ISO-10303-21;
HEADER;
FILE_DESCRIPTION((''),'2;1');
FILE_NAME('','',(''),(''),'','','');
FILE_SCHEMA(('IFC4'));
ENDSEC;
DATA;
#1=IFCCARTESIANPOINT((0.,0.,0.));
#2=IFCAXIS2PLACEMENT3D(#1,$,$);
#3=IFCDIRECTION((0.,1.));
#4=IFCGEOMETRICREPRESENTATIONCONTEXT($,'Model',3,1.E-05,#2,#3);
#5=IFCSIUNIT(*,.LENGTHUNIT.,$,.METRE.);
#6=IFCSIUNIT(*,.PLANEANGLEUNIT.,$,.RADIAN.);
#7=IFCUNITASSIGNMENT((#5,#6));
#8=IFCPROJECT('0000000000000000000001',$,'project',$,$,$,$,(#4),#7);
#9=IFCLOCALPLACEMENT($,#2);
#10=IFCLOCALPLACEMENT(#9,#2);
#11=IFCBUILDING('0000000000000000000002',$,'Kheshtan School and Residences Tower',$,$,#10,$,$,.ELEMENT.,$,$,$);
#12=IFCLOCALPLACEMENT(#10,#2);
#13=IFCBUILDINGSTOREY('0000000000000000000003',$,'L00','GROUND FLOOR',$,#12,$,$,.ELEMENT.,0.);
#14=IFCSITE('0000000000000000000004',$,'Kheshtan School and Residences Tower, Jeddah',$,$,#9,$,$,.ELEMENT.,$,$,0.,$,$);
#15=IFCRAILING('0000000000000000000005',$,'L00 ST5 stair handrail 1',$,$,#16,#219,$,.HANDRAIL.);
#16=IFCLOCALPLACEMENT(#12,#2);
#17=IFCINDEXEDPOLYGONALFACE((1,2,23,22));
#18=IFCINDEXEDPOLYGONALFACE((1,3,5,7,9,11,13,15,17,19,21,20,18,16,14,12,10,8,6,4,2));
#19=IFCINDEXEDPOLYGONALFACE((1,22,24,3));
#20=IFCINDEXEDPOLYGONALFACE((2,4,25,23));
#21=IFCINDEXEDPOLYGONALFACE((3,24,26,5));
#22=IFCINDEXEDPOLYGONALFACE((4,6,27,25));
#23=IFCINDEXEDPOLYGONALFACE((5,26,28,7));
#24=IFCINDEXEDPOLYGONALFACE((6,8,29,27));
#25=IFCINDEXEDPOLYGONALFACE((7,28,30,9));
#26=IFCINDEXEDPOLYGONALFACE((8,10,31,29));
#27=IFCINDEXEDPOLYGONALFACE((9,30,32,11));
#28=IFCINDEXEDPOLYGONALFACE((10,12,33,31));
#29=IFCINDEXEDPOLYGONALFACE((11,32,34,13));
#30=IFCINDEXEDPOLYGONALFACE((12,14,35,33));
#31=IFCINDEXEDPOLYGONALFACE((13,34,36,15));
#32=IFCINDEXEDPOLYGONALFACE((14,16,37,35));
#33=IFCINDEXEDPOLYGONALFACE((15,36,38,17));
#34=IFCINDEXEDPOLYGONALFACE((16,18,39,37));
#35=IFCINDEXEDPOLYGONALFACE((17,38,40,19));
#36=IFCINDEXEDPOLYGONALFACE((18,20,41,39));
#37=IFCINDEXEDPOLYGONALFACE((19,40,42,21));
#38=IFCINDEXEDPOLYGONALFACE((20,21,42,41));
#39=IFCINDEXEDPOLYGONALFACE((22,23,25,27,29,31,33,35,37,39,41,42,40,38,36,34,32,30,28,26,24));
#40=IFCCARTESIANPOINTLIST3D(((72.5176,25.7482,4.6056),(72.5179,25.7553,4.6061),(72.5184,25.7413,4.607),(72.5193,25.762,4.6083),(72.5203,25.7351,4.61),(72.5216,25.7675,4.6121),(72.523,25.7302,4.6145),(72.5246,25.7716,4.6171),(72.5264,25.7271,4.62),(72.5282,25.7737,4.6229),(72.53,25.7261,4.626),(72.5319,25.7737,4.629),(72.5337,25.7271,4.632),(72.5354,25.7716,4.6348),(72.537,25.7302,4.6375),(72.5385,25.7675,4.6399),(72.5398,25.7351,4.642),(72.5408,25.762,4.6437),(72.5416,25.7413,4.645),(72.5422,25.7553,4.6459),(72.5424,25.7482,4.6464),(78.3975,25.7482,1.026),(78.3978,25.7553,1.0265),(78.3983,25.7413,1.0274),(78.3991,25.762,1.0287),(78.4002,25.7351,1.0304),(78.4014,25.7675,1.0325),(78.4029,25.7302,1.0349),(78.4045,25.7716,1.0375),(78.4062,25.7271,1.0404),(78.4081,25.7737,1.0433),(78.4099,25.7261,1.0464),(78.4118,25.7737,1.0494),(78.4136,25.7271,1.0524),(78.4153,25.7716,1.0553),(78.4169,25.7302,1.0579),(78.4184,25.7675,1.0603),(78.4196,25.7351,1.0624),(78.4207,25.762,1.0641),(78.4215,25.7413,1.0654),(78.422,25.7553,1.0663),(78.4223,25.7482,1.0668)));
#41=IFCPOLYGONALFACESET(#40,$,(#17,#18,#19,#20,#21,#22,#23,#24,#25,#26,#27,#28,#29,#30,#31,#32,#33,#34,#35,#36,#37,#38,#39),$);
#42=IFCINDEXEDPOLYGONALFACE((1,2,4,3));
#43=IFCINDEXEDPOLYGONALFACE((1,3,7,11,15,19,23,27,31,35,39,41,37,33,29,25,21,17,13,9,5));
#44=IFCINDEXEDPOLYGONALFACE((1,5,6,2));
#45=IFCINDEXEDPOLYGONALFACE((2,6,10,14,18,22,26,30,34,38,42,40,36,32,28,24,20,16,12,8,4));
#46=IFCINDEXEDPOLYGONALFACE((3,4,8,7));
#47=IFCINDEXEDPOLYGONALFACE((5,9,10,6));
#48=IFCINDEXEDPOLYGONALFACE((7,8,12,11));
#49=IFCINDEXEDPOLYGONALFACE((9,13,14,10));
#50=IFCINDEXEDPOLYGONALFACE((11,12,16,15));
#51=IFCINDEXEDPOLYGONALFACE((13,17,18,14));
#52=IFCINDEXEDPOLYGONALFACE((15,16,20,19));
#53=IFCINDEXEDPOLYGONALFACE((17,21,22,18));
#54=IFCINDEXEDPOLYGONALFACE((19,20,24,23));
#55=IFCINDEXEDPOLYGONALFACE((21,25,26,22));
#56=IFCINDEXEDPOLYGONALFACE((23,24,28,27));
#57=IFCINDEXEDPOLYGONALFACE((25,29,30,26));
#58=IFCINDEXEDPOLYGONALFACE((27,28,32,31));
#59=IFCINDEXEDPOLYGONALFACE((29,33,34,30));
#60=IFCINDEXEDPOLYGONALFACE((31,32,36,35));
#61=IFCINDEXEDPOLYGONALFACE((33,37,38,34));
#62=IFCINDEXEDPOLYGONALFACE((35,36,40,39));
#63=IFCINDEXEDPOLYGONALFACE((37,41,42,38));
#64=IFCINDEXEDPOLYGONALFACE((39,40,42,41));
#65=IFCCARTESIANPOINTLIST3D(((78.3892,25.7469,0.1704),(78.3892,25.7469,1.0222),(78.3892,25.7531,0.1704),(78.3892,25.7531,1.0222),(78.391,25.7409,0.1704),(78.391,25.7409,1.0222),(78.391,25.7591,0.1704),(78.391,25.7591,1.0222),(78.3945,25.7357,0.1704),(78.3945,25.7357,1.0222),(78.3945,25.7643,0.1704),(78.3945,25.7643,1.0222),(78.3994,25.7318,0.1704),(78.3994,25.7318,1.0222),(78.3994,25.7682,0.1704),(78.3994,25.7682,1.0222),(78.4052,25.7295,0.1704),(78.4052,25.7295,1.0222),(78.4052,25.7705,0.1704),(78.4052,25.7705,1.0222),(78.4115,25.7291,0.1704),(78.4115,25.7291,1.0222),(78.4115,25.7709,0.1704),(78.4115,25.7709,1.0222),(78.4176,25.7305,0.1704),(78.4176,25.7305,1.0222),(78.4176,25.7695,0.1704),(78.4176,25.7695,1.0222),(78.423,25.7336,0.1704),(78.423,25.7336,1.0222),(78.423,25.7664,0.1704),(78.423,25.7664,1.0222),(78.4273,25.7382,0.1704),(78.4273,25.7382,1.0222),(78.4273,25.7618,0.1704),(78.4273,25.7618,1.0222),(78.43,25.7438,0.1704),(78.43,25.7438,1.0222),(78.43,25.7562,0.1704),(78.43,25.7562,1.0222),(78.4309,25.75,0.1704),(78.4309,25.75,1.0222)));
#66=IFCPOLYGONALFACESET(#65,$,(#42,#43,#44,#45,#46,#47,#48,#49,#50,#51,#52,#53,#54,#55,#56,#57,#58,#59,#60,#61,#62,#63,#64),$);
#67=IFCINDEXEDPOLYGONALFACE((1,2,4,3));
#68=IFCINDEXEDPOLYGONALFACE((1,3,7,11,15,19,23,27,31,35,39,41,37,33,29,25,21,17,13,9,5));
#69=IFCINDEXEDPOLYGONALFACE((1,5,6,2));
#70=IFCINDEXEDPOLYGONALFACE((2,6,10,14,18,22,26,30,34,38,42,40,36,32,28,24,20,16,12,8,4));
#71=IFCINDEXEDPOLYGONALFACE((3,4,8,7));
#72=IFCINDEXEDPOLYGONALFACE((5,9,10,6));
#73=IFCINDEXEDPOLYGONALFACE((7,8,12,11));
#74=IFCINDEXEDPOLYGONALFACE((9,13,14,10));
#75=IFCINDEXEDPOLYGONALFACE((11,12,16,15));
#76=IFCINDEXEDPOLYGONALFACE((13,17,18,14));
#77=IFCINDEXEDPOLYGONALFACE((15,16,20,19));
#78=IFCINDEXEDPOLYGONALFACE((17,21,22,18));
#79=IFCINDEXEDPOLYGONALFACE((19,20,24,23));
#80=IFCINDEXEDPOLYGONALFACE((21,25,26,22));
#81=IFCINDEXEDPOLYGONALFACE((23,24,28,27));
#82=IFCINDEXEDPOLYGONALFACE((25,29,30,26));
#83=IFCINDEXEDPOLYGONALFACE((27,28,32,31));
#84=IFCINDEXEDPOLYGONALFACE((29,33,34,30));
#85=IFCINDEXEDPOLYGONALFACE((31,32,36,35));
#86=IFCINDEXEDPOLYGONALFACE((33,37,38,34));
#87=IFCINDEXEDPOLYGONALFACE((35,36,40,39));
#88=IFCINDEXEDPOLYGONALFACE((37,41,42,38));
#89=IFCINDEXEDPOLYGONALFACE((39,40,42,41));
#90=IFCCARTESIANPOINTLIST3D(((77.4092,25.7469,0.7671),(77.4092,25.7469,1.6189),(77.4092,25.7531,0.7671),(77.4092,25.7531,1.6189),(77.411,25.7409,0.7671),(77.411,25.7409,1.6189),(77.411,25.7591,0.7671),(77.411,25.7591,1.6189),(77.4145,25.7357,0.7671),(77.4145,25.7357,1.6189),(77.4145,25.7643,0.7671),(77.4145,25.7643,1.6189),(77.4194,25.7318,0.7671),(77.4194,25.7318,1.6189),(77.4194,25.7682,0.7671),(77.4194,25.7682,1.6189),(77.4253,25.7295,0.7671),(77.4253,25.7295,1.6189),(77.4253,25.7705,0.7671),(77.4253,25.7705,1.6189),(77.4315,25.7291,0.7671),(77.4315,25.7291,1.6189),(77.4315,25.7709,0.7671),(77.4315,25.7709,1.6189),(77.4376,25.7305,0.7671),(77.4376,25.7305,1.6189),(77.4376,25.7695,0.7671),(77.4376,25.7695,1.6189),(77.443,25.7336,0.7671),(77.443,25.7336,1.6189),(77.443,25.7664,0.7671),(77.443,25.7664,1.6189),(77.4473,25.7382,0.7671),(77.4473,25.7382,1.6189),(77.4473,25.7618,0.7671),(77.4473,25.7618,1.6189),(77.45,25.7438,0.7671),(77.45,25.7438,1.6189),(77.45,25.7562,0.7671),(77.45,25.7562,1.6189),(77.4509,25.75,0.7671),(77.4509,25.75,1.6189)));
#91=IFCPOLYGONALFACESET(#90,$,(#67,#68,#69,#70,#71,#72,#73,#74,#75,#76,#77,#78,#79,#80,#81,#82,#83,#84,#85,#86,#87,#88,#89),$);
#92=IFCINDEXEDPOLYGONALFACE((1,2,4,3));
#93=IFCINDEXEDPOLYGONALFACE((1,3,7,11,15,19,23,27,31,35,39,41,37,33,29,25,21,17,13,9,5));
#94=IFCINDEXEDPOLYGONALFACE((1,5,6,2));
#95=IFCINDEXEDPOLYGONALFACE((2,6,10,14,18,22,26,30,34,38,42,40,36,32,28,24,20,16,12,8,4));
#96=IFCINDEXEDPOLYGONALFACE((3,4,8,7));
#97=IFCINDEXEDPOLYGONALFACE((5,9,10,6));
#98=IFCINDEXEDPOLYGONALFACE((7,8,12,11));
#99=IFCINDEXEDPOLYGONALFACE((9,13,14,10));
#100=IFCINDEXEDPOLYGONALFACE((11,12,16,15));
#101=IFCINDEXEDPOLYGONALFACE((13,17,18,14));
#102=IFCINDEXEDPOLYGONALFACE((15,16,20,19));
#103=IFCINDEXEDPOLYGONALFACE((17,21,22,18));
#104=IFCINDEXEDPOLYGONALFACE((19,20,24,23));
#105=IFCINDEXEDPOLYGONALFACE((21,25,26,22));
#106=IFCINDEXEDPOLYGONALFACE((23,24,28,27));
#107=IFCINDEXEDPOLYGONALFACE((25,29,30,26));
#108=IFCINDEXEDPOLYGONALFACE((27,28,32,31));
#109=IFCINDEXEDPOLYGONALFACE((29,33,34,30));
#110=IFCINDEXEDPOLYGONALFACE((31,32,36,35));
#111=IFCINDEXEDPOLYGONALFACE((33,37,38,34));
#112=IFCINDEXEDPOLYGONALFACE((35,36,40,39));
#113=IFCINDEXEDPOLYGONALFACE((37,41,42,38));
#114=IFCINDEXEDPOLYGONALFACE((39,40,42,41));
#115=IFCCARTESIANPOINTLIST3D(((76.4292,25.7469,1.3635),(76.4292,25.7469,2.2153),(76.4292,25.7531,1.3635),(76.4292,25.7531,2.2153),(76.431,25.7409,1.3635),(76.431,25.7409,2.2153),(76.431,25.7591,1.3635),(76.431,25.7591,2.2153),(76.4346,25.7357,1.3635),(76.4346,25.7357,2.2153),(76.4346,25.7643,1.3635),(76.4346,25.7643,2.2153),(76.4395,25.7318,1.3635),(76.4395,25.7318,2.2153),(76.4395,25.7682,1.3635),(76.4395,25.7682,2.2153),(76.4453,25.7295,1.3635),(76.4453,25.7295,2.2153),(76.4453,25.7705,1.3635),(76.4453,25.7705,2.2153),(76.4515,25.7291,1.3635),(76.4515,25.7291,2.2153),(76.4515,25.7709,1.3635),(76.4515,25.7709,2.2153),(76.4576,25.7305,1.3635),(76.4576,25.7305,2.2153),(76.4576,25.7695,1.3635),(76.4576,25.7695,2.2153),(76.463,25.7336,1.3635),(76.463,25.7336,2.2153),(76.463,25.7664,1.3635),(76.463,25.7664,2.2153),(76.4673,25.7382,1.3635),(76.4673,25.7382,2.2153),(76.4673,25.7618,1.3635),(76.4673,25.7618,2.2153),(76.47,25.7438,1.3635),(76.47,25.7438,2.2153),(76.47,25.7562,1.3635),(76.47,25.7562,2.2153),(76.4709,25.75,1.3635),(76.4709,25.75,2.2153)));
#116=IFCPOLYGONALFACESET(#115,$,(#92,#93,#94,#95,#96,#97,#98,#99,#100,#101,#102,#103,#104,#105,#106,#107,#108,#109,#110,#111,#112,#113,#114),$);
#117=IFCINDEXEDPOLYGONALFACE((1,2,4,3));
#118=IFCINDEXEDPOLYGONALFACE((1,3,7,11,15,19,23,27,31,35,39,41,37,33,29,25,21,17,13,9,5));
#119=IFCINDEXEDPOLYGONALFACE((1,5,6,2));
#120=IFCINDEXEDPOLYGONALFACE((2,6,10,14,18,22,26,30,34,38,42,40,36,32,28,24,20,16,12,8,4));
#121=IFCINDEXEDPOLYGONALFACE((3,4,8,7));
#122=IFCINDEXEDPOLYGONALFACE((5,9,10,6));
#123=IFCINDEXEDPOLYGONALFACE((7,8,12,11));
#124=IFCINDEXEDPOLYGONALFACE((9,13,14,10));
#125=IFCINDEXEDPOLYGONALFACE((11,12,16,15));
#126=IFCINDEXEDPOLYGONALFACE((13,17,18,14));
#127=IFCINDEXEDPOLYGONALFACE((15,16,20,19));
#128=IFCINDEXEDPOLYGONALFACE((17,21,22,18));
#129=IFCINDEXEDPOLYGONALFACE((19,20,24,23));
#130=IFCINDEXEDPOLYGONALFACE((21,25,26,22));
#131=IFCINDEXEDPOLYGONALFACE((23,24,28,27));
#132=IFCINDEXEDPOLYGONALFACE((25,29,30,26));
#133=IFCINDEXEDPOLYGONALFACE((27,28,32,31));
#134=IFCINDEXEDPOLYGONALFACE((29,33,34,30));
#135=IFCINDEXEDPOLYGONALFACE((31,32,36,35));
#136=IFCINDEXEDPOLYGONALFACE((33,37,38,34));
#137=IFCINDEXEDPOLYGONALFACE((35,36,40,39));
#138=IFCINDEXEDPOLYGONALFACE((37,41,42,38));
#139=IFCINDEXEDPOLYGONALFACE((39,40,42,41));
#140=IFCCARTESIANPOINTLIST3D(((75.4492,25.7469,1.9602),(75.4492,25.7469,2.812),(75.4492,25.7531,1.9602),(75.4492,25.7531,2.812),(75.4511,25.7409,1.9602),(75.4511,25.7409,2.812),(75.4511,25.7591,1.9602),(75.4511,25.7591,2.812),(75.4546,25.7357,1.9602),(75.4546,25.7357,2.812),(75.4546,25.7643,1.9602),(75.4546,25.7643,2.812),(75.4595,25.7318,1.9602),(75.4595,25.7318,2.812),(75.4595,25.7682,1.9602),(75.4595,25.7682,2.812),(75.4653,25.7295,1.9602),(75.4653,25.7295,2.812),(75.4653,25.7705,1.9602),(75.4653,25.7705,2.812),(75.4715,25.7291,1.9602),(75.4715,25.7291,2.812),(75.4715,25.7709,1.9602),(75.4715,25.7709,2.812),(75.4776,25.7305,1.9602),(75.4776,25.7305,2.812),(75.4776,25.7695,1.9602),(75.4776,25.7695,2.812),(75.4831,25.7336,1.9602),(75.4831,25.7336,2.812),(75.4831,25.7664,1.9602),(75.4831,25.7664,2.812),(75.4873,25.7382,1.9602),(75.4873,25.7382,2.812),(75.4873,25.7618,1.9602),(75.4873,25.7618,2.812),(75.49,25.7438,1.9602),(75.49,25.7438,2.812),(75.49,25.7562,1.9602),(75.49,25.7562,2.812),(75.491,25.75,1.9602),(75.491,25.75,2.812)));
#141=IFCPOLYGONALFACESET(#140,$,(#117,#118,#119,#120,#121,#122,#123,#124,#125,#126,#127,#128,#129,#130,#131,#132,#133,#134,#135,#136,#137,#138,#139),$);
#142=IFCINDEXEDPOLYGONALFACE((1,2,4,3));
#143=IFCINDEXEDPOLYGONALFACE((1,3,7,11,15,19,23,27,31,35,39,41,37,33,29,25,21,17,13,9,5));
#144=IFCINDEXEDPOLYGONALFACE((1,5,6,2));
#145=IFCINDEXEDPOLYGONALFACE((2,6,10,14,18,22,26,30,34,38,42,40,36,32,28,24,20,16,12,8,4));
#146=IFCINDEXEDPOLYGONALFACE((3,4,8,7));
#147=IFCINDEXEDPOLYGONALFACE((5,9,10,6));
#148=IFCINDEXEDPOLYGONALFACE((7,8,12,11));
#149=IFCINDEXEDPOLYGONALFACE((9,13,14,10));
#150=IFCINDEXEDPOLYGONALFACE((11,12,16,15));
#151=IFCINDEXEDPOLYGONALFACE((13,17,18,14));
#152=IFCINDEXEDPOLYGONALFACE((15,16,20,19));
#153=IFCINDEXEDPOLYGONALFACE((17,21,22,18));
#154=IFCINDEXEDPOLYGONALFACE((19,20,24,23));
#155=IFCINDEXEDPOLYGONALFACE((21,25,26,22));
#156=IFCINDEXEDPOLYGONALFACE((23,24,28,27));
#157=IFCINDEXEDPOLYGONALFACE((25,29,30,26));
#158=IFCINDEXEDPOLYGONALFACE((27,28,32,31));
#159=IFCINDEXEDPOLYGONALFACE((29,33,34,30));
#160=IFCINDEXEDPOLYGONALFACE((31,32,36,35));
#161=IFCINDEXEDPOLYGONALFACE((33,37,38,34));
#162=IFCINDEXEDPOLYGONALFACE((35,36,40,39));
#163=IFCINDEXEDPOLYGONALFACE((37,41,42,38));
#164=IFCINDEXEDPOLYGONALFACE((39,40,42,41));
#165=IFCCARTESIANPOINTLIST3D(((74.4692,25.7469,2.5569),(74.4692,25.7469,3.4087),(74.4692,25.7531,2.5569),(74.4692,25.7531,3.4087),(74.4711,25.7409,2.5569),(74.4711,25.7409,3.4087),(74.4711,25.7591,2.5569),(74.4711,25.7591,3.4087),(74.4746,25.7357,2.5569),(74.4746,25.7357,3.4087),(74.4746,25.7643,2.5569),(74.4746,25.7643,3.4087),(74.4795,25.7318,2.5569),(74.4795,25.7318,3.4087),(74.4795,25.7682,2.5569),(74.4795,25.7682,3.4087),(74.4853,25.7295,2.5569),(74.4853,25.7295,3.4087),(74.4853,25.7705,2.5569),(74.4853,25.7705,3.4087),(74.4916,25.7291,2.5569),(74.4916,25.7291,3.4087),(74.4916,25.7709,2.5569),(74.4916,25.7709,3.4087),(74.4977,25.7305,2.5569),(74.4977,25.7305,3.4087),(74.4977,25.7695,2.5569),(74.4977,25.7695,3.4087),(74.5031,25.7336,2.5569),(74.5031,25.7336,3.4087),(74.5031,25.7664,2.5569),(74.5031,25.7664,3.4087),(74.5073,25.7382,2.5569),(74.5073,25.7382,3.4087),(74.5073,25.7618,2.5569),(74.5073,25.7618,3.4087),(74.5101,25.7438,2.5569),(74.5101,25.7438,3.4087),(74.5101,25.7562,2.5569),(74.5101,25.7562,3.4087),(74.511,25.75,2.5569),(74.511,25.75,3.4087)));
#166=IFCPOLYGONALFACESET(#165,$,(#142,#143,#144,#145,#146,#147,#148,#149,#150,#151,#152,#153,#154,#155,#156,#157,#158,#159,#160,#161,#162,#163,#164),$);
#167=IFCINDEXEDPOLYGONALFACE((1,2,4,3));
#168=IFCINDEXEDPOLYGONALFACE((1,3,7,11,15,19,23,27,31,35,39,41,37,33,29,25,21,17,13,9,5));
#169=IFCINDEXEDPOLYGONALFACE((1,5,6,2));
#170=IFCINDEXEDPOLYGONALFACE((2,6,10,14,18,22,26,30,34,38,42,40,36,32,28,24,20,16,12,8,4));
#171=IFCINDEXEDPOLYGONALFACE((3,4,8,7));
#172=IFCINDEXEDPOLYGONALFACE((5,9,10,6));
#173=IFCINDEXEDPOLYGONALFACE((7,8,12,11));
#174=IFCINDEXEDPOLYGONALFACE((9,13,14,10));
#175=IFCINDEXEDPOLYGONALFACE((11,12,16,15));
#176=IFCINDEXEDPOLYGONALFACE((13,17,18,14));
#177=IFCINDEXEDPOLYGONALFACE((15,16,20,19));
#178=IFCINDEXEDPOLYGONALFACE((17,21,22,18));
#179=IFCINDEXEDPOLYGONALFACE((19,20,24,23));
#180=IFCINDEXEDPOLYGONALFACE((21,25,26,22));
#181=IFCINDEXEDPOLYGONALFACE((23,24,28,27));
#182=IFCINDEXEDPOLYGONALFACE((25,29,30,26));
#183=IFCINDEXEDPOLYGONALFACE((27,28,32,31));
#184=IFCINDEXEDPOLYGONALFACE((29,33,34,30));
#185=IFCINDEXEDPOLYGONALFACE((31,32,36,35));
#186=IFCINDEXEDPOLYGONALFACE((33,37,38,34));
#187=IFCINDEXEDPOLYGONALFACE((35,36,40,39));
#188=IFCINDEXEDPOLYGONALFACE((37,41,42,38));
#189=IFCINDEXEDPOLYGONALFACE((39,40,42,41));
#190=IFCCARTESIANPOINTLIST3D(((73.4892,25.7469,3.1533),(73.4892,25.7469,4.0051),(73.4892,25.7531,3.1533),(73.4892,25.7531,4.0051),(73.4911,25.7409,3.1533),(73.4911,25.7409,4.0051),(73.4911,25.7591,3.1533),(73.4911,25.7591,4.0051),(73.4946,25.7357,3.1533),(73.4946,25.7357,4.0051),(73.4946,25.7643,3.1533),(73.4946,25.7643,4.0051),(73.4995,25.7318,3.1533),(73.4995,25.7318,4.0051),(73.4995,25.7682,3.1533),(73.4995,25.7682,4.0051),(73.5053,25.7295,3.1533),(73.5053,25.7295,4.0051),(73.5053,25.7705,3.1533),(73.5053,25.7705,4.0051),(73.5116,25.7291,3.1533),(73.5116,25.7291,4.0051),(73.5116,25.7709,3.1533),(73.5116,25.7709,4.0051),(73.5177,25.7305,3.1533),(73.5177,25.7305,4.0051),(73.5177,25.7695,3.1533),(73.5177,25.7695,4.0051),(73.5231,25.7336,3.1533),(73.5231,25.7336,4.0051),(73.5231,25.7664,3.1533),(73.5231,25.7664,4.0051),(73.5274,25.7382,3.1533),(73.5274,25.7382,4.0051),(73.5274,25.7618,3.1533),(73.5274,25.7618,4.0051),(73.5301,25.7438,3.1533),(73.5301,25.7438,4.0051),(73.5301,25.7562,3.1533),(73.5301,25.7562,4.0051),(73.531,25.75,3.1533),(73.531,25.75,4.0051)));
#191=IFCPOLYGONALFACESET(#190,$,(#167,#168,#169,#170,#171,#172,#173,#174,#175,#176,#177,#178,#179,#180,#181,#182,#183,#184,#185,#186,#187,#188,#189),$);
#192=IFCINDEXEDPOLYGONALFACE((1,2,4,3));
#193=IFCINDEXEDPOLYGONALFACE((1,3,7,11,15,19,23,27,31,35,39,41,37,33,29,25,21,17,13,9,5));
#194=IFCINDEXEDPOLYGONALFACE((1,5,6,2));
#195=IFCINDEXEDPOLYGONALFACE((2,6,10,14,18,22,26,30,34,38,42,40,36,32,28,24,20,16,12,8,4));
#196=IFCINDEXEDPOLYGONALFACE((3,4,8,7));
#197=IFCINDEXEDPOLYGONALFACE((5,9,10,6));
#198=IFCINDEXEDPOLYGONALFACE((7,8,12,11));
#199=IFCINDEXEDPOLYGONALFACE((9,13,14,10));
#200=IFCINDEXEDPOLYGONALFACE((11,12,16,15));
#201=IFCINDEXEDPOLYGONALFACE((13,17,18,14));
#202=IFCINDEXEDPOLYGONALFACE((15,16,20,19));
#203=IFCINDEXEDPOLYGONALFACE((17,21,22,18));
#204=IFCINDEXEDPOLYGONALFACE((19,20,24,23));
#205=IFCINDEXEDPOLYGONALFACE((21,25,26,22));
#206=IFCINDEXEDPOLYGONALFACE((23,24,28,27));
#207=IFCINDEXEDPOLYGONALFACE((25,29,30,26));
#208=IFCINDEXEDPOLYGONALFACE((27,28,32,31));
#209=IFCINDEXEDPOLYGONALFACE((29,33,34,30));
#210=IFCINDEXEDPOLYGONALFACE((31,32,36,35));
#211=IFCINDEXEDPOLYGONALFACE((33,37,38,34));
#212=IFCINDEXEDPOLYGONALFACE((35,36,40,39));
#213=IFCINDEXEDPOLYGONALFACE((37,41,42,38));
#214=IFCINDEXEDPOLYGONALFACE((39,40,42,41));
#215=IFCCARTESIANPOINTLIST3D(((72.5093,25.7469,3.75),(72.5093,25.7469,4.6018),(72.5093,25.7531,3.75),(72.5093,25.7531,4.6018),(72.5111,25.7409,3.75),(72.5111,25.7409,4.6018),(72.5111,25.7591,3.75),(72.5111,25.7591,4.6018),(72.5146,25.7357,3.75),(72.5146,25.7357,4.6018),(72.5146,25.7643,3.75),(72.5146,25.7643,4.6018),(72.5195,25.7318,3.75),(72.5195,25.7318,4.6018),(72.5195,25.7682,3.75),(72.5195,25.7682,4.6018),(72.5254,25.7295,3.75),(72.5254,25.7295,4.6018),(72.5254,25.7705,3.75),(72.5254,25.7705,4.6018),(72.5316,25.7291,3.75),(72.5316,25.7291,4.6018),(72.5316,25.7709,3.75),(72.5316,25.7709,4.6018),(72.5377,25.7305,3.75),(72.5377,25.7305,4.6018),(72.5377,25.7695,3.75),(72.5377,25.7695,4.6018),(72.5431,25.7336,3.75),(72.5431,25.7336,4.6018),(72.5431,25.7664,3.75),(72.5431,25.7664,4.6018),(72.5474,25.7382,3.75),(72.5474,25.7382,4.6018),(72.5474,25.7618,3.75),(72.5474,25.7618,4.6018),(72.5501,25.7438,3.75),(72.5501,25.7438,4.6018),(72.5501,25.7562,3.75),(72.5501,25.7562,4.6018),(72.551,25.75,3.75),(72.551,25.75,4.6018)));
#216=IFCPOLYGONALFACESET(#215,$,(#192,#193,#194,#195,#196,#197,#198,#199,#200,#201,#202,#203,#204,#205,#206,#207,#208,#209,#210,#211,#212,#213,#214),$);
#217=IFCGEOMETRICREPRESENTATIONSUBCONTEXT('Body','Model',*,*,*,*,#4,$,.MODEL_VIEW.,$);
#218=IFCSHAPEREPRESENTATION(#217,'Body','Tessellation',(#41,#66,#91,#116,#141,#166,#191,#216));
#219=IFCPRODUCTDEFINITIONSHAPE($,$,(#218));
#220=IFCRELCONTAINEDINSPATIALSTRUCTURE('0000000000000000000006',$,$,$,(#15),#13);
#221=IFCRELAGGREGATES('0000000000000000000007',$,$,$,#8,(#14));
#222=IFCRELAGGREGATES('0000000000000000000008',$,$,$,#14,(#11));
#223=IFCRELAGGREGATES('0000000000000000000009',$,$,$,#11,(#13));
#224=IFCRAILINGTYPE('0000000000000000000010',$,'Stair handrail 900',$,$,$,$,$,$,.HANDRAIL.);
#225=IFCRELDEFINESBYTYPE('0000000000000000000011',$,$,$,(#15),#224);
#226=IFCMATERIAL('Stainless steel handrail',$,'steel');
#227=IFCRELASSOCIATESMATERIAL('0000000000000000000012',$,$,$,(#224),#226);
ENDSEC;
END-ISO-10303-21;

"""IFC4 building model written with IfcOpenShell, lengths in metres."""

from ifc_helpers import new_model, si_unit, direction, frame, origin, origin_2d, place, context, subcontext, project, spatial, circle, extrude, material, type_object, element, save


model = new_model("IFC4")

# Units and contexts
model_context = context("Model", 3, precision=1e-05, world=origin(), true_north=direction((0.0, 1.0)))
body_context = subcontext(model_context, "Body", "Model", "MODEL_VIEW")
ifc_project = project(units=[si_unit("LENGTHUNIT", "METRE"), si_unit("PLANEANGLEUNIT", "RADIAN")], contexts=[model_context])

# Site, building, storey
site_placement = place(None, origin())
site = spatial("IfcSite", under=ifc_project, at=site_placement, Name="Kheshtan School and Residences Tower, Jeddah", CompositionType="ELEMENT", RefElevation=0.0)
building_placement = place(site_placement, origin())
building = spatial("IfcBuilding", under=site, at=building_placement, Name="Kheshtan School and Residences Tower", CompositionType="ELEMENT")
storey_placement = place(building_placement, origin())
storey = spatial("IfcBuildingStorey", under=building, at=storey_placement, Name="L00", Description="GROUND FLOOR", CompositionType="ELEMENT", Elevation=0.0)

# Railing
ifc_material_1 = material(Name="Stainless steel handrail", Category="steel")
railing_type_1 = type_object("IfcRailingType", Name="Stair handrail 900", PredefinedType="HANDRAIL", material=ifc_material_1)
railing_1_placement = place(storey_placement, frame((78.4099, 25.75, 0.1704)))
element("IfcRailing", 1, at=railing_1_placement, inside=storey, type_object=railing_type_1, Name="L00 ST5 stair handrail 1", PredefinedType="HANDRAIL", context=body_context, shape_type="SweptSolid", body=[
    extrude(circle(Radius=0.0239, at=origin_2d()), frame((0.0, 0.0, 0.876), z_axis=(-0.854164, 0.0, 0.520003), x_axis=(0.0, -1.0, 0.0)), (0.0, 0.0, 1.0), 6.8838),
    extrude(circle(Radius=0.021, at=origin_2d()), origin(), (0.0, 0.0, 1.0), 0.8518),
    extrude(circle(Radius=0.021, at=origin_2d()), frame((-0.98, 0.0, 0.5967)), (0.0, 0.0, 1.0), 0.8518),
    extrude(circle(Radius=0.021, at=origin_2d()), frame((-1.96, 0.0, 1.1931)), (0.0, 0.0, 1.0), 0.8518),
    extrude(circle(Radius=0.021, at=origin_2d()), frame((-2.9399, 0.0, 1.7898)), (0.0, 0.0, 1.0), 0.8518),
    extrude(circle(Radius=0.021, at=origin_2d()), frame((-3.9199, 0.0, 2.3865)), (0.0, 0.0, 1.0), 0.8518),
    extrude(circle(Radius=0.021, at=origin_2d()), frame((-4.8999, 0.0, 2.9829)), (0.0, 0.0, 1.0), 0.8518),
    extrude(circle(Radius=0.021, at=origin_2d()), frame((-5.8799, 0.0, 3.5796)), (0.0, 0.0, 1.0), 0.8518),
])

save(model, "model.ifc")
